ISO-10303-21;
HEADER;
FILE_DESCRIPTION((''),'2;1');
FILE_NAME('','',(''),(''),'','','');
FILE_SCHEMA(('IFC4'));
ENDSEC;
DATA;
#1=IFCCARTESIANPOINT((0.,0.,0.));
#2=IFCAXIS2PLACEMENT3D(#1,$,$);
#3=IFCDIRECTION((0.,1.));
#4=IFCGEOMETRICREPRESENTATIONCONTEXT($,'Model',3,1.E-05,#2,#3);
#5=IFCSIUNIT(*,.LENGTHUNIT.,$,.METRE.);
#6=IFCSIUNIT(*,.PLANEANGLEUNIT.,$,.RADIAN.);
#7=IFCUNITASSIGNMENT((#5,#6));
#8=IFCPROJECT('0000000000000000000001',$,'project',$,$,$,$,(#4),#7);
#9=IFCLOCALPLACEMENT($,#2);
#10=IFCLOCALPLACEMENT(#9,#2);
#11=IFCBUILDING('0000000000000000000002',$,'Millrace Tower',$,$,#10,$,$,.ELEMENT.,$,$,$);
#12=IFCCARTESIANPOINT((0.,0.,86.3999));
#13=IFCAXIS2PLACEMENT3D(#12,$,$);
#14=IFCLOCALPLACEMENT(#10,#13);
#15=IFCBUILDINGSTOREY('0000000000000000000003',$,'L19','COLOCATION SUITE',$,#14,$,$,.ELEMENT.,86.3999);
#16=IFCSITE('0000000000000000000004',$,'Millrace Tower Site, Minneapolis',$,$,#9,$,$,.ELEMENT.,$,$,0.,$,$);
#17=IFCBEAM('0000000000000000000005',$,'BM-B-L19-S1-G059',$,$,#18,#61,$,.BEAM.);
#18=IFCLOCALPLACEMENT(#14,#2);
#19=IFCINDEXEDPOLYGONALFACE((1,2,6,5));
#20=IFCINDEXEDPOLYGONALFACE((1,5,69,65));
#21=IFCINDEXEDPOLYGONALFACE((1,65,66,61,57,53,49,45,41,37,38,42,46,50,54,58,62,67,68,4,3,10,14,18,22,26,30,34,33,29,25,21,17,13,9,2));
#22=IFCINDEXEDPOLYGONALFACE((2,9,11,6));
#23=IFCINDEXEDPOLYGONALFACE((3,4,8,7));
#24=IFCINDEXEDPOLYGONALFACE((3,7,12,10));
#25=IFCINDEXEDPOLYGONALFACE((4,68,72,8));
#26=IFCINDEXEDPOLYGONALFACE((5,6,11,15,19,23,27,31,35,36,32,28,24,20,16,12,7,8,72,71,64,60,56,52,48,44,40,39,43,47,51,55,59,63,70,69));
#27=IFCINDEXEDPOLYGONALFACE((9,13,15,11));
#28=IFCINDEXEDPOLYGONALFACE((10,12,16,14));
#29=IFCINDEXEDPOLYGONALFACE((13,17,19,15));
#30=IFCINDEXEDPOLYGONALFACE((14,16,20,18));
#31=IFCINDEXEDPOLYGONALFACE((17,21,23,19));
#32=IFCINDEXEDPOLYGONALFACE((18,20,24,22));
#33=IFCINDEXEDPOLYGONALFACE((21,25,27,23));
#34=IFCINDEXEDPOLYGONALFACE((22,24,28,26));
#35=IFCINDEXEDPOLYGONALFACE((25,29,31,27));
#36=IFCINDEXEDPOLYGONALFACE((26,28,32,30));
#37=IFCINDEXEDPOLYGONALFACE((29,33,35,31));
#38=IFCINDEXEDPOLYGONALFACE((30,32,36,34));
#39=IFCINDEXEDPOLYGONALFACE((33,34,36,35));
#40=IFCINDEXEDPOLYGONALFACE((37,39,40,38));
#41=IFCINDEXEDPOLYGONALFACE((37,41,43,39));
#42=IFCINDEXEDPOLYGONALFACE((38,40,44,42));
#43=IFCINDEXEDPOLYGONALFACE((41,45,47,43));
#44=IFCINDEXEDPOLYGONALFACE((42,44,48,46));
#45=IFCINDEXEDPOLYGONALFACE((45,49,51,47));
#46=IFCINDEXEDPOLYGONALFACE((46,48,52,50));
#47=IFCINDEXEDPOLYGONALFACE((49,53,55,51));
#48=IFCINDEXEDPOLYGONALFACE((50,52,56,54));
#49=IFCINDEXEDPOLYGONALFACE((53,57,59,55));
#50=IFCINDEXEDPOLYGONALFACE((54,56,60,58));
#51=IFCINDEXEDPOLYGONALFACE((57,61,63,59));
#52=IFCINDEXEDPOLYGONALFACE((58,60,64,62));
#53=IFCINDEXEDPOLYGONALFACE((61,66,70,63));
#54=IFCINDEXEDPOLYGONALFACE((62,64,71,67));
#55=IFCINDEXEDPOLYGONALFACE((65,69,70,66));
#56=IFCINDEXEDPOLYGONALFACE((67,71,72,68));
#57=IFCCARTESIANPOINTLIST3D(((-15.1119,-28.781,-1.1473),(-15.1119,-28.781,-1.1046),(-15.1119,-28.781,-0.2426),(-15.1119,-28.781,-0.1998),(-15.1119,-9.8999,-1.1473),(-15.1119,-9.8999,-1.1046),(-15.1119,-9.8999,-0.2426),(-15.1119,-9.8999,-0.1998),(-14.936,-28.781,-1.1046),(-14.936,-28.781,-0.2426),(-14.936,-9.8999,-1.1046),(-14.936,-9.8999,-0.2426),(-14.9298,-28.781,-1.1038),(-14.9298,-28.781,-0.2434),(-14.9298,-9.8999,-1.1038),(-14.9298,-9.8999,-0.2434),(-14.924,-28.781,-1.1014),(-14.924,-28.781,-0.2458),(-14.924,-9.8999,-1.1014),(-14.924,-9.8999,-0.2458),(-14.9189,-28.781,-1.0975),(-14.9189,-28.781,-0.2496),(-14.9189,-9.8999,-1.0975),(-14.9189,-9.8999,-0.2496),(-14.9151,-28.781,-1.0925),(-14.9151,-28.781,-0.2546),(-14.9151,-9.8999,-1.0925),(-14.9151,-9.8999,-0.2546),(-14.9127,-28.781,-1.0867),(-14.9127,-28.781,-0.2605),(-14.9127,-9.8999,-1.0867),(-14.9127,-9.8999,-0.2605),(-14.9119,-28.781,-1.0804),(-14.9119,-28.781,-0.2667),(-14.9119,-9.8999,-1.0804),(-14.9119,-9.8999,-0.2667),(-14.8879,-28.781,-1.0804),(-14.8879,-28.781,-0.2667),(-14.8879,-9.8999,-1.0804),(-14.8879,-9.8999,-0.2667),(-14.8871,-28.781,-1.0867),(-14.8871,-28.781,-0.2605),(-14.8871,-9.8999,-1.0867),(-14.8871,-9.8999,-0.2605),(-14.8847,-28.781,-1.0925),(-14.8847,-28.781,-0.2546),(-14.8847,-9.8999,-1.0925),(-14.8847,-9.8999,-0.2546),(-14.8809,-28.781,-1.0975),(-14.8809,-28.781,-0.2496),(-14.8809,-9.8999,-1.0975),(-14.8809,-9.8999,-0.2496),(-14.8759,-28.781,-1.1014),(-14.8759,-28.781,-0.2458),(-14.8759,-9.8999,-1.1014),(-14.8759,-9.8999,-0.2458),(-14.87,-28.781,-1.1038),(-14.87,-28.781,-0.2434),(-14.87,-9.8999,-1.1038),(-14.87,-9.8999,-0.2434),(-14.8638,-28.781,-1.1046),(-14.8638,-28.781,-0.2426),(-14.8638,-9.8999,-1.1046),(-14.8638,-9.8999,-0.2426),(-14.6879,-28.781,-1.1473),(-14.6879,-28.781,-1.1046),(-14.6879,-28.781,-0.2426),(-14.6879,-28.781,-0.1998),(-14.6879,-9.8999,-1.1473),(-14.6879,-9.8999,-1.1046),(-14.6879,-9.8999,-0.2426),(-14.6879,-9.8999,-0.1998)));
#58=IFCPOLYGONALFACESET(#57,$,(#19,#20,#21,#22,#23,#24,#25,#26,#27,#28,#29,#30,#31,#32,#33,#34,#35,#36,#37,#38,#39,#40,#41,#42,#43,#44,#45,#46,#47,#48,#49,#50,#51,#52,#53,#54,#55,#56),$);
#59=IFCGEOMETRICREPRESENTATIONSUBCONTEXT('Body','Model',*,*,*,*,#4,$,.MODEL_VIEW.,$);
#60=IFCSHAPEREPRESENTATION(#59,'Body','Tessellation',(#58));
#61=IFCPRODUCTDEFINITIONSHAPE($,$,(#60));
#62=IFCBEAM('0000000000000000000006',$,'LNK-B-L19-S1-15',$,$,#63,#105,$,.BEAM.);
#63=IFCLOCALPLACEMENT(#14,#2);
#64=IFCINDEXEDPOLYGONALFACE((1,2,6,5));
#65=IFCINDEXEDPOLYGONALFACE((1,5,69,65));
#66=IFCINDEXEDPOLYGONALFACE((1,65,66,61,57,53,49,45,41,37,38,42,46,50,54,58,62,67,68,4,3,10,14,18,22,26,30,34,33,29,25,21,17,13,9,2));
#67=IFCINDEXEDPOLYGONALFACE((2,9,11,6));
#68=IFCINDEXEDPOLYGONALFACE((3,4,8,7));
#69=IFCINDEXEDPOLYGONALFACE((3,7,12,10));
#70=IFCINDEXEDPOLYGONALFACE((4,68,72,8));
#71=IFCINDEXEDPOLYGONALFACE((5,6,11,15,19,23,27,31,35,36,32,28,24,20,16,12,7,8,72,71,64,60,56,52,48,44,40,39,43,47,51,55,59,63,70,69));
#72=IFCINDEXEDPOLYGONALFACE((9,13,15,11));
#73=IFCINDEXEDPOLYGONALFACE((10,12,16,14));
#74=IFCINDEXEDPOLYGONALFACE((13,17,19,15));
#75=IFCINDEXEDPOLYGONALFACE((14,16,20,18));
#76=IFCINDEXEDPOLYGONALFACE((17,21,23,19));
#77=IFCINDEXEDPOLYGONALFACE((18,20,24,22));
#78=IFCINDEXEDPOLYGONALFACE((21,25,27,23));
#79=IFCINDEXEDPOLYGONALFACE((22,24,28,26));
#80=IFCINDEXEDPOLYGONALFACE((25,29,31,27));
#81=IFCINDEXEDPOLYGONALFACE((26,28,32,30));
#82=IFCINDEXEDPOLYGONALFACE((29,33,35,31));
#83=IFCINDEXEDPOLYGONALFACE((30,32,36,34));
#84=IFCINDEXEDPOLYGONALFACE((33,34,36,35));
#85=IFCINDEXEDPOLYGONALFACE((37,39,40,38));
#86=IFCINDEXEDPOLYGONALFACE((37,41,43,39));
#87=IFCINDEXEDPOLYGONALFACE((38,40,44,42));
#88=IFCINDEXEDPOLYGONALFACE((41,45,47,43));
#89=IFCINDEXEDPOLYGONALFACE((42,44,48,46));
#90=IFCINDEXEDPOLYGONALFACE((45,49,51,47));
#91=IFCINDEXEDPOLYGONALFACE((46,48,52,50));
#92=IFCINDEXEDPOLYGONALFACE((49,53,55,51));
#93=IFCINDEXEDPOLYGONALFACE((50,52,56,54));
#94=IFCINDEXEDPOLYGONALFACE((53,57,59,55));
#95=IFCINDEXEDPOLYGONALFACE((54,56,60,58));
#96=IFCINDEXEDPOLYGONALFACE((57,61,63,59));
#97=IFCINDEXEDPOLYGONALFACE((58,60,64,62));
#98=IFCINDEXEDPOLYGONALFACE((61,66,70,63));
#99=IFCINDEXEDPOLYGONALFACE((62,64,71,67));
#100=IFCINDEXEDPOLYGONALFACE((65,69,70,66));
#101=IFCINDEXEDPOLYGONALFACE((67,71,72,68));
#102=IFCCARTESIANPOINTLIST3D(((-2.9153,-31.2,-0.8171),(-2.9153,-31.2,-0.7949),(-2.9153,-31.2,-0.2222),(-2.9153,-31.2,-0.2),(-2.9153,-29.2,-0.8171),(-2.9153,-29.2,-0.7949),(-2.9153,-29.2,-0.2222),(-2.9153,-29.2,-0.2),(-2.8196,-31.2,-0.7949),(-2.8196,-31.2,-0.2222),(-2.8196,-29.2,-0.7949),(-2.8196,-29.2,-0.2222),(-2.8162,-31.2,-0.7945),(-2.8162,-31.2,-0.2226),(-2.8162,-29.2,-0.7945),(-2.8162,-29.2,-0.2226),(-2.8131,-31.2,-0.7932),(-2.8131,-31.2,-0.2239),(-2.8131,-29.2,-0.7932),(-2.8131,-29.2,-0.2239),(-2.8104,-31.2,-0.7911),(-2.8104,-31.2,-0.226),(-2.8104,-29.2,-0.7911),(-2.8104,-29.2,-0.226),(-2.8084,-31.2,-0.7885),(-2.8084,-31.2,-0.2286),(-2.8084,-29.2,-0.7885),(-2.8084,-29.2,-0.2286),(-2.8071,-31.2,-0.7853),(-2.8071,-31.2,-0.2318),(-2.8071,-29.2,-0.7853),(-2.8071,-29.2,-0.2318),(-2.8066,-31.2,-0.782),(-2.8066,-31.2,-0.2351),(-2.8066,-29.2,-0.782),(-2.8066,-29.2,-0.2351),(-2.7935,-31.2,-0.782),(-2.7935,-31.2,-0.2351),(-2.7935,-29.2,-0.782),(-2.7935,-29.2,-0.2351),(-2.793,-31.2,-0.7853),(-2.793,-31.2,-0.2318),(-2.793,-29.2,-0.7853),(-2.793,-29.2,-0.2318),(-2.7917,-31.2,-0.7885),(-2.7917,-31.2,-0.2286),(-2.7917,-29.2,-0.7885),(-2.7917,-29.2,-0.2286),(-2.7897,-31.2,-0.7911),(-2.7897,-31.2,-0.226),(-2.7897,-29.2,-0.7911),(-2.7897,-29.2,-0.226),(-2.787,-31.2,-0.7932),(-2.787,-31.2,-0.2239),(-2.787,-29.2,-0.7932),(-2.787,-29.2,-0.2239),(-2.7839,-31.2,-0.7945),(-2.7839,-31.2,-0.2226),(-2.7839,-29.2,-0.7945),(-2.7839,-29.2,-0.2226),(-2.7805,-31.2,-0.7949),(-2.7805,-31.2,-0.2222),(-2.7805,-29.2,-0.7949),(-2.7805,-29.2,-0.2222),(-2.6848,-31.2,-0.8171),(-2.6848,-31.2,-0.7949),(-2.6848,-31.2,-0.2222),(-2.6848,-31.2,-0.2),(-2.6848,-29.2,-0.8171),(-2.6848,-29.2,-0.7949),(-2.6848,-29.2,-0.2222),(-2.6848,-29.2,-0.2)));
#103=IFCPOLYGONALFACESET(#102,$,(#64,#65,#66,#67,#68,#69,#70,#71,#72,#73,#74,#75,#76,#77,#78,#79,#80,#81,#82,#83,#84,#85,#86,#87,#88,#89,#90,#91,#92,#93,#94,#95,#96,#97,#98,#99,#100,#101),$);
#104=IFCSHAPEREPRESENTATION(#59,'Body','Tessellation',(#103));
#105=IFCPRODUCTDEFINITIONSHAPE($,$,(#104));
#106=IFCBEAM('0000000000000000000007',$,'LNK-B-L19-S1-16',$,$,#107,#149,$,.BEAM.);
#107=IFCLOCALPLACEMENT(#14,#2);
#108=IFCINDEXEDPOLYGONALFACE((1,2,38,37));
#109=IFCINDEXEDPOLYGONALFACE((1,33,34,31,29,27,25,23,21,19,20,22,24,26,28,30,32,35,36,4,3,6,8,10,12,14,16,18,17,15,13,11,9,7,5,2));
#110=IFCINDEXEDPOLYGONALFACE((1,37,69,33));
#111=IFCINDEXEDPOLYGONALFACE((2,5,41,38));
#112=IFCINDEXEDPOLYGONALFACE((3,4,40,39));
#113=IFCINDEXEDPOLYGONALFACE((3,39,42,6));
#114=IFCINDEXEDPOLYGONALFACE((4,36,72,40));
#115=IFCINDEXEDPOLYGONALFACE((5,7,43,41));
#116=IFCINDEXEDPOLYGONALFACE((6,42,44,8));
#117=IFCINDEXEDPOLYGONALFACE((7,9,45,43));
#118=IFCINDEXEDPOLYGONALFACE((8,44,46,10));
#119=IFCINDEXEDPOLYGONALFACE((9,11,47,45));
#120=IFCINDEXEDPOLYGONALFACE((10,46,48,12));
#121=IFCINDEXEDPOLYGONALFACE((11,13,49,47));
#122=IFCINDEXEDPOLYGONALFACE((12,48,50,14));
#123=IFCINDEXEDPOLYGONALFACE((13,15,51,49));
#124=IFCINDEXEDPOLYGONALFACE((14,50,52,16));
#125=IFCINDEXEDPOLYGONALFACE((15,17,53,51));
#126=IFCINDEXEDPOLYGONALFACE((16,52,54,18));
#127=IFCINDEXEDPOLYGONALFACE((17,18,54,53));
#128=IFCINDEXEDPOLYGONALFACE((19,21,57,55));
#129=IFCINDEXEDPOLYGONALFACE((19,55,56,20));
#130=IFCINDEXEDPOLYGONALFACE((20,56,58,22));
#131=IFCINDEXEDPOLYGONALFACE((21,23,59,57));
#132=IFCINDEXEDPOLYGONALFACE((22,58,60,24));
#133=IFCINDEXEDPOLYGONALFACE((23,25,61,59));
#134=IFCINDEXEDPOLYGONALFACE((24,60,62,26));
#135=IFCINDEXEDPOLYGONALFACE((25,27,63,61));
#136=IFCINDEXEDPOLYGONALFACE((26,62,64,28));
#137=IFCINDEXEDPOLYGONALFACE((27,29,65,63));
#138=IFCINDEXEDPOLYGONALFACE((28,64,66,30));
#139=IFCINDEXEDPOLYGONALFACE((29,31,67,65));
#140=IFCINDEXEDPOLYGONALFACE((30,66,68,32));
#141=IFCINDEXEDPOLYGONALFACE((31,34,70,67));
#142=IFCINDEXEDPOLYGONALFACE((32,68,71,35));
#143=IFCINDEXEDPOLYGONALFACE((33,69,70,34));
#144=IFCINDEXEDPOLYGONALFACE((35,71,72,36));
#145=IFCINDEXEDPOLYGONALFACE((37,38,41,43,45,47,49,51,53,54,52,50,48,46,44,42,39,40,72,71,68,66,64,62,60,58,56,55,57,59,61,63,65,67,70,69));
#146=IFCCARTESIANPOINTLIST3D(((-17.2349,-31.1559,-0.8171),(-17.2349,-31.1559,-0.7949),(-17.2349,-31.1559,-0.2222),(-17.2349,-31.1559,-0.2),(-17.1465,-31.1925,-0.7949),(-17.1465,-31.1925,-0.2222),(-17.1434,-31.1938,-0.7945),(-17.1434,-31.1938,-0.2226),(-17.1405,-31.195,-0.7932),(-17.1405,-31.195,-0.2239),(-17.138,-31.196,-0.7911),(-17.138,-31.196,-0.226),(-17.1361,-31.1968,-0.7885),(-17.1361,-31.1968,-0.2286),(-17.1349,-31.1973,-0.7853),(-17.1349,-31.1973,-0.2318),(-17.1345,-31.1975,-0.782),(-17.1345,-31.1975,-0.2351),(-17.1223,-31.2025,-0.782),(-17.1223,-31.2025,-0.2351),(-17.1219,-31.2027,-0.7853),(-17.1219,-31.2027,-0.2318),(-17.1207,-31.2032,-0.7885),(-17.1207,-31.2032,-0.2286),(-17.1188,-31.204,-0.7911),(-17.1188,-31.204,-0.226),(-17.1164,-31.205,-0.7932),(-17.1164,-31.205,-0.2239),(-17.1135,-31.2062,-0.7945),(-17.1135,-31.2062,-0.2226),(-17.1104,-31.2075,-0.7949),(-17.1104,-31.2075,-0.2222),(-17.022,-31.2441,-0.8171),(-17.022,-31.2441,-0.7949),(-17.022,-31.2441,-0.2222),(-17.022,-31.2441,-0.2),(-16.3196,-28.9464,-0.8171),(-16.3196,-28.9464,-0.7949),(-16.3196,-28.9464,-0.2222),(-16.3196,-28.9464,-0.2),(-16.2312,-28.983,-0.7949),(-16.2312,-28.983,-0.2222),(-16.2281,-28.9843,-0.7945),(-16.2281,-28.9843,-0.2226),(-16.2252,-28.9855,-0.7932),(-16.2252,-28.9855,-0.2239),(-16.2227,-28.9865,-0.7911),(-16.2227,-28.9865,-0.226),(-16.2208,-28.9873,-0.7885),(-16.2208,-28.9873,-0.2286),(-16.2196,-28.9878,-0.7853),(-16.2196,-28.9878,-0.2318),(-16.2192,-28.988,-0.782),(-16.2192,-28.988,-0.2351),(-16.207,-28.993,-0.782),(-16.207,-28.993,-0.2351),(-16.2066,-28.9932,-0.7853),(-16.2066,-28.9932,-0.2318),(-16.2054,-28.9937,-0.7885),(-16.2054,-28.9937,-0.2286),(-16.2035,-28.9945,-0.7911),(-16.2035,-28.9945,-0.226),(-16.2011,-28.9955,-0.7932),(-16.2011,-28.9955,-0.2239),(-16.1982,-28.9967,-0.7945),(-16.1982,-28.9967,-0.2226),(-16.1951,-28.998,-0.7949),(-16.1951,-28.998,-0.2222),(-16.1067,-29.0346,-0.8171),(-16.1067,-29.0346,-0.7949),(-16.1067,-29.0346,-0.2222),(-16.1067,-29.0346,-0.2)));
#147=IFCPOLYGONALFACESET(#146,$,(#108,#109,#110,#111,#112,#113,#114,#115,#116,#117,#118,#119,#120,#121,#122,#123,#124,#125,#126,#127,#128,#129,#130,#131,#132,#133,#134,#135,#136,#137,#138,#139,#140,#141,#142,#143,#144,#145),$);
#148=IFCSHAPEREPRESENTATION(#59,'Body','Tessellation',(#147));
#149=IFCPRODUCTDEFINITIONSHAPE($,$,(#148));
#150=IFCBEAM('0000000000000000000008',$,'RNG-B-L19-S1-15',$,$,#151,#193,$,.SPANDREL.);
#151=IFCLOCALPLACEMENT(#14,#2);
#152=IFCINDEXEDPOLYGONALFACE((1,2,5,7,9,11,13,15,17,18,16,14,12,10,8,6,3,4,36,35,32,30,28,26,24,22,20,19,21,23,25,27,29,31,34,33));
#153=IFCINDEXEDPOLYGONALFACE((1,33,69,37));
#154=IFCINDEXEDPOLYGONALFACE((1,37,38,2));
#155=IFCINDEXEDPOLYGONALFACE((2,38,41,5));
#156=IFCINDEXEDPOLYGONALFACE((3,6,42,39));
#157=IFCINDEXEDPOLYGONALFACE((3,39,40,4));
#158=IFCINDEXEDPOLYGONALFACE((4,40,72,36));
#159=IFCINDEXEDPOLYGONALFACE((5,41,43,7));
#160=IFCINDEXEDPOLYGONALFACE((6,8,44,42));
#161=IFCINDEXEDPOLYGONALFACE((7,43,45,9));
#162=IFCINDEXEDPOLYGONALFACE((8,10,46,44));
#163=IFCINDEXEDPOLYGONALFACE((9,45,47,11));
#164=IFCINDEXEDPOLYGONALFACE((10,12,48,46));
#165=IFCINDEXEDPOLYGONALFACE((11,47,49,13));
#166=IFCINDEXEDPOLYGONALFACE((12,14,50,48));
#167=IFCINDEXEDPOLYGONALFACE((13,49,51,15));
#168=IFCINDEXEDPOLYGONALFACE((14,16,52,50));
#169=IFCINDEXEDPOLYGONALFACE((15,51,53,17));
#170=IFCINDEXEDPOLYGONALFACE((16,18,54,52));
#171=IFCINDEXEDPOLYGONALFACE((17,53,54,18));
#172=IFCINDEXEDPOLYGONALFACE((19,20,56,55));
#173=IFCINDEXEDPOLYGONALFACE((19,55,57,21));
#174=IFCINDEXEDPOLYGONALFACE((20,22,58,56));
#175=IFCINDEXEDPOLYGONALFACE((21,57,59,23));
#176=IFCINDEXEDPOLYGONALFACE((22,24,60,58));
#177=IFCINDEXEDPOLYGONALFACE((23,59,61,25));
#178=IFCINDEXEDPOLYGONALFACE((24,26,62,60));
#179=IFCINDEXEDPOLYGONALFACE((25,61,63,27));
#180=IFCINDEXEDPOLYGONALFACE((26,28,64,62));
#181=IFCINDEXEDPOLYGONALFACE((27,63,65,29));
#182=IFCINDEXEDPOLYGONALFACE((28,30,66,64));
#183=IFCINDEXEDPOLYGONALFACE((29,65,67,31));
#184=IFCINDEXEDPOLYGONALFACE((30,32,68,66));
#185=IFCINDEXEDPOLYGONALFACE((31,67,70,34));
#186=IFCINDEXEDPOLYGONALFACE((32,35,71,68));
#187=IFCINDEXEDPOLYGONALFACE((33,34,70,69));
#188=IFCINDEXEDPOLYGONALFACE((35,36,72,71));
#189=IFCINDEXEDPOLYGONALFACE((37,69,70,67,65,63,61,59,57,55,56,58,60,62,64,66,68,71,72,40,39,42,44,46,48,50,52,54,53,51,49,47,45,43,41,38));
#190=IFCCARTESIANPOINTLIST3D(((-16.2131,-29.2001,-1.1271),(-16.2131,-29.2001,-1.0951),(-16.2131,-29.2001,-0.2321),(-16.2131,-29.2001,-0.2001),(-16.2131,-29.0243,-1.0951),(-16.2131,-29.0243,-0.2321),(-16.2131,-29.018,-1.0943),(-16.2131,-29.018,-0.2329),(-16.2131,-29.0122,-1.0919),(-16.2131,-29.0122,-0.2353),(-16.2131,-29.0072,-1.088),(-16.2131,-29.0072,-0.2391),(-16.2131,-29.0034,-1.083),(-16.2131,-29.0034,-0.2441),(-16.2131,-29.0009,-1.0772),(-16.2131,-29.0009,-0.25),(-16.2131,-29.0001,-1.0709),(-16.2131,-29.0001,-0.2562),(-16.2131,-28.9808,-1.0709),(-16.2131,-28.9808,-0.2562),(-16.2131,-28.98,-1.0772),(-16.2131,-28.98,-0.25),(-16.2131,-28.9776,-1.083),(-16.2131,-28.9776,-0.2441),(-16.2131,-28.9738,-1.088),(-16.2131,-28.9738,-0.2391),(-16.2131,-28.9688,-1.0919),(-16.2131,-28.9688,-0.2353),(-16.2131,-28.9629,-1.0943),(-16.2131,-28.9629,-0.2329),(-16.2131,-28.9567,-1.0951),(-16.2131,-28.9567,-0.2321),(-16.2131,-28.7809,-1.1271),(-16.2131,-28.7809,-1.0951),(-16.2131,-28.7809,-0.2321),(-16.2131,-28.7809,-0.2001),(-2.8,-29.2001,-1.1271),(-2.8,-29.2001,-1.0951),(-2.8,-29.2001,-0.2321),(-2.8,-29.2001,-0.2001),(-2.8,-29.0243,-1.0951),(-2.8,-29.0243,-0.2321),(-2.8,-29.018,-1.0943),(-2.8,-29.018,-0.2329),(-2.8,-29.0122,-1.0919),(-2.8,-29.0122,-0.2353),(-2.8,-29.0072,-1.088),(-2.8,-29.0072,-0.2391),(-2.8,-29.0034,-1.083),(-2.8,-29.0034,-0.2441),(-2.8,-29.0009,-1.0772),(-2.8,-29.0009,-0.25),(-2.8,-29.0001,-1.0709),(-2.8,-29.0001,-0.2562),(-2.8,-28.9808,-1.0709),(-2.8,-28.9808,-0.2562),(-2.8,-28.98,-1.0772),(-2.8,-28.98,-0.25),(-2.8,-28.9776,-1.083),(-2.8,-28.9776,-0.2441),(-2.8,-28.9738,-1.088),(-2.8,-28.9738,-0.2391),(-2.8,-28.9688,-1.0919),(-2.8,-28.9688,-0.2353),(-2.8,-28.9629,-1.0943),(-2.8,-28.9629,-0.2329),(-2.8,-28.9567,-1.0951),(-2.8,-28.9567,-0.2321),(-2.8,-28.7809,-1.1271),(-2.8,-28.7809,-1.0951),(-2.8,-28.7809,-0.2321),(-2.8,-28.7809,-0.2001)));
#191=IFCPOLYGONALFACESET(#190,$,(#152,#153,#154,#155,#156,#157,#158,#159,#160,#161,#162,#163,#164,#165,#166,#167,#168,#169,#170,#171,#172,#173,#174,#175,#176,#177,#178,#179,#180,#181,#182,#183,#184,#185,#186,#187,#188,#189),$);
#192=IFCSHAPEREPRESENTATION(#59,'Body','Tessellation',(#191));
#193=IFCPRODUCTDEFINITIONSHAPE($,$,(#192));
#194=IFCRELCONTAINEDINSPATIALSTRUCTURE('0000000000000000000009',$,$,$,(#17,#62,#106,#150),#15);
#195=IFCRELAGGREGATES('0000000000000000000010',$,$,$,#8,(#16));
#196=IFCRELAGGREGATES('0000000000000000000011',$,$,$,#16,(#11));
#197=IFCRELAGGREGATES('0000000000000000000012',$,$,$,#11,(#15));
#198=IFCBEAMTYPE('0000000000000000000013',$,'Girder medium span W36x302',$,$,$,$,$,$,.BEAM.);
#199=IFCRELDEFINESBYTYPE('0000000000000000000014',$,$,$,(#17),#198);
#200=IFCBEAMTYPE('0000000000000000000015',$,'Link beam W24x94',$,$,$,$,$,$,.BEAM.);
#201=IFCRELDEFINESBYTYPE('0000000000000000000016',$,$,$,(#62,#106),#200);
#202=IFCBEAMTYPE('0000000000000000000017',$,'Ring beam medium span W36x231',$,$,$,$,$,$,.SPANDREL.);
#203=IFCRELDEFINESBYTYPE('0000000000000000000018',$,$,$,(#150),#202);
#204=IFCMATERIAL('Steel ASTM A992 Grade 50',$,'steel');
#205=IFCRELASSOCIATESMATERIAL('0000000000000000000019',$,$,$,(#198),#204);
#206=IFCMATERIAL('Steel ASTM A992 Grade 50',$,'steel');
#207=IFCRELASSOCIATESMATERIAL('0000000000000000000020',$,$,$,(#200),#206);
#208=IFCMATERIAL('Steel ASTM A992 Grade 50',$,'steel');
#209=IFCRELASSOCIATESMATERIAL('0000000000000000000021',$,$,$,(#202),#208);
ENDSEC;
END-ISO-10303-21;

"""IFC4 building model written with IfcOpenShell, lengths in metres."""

from ifc_helpers import new_model, si_unit, direction, frame, origin, origin_2d, place, context, subcontext, project, spatial, i_section, extrude, material, material_profile, profile_set, type_object, element, save


model = new_model("IFC4")

# Units and contexts
model_context = context("Model", 3, precision=1e-05, world=origin(), true_north=direction((0.0, 1.0)))
body_context = subcontext(model_context, "Body", "Model", "MODEL_VIEW")
ifc_project = project(units=[si_unit("LENGTHUNIT", "METRE"), si_unit("PLANEANGLEUNIT", "RADIAN")], contexts=[model_context])

# Site, building, storey
site_placement = place(None, origin())
site = spatial("IfcSite", under=ifc_project, at=site_placement, Name="Millrace Tower Site, Minneapolis", CompositionType="ELEMENT", RefElevation=0.0)
building_placement = place(site_placement, origin())
building = spatial("IfcBuilding", under=site, at=building_placement, Name="Millrace Tower", CompositionType="ELEMENT")
storey_placement = place(building_placement, frame((0.0, 0.0, 86.3999)))
storey = spatial("IfcBuildingStorey", under=building, at=storey_placement, Name="L19", Description="COLOCATION SUITE", CompositionType="ELEMENT", Elevation=86.3999)

# Beams
ifc_material_1 = material(Name="Steel ASTM A992 Grade 50", Category="steel")
ifc_material_profile_1 = material_profile(ifc_material_1, i_section(OverallWidth=0.4241, OverallDepth=0.9475, WebThickness=0.0239, FlangeThickness=0.0427, FilletRadius=0.0242, at=origin_2d()))
ifc_profile_set_1 = profile_set([ifc_material_profile_1], Name="Steel ASTM A992 Grade 50")
beam_type_1 = type_object("IfcBeamType", Name="Girder medium span W36x302", PredefinedType="BEAM", material=ifc_profile_set_1)
beam_1_placement = place(storey_placement, frame((-14.8999, -28.781, -0.6736), z_axis=(0.0, 1.0, 0.0), x_axis=(-1.0, 0.0, 0.0)))
element("IfcBeam", 1, at=beam_1_placement, inside=storey, type_object=beam_type_1, Name="BM-B-L19-S1-G059", PredefinedType="BEAM", context=body_context, shape_type="SweptSolid", body=[
    extrude(i_section(OverallWidth=0.4241, OverallDepth=0.9475, WebThickness=0.0239, FlangeThickness=0.0427, FilletRadius=0.0242, at=origin_2d()), origin(), (0.0, 0.0, 1.0), 18.8811),
])
ifc_material_2 = material(Name="Steel ASTM A992 Grade 50", Category="steel")
ifc_material_profile_2 = material_profile(ifc_material_2, i_section(OverallWidth=0.2305, OverallDepth=0.6172, WebThickness=0.0132, FlangeThickness=0.0222, FilletRadius=0.0129, at=origin_2d()))
ifc_profile_set_2 = profile_set([ifc_material_profile_2], Name="Steel ASTM A992 Grade 50")
beam_type_2 = type_object("IfcBeamType", Name="Link beam W24x94", PredefinedType="BEAM", material=ifc_profile_set_2)
beam_2_placement = place(storey_placement, frame((-2.8, -29.2, -0.5085), z_axis=(0.0, -1.0, 0.0), x_axis=(1.0, 0.0, 0.0)))
element("IfcBeam", 2, at=beam_2_placement, inside=storey, type_object=beam_type_2, Name="LNK-B-L19-S1-15", PredefinedType="BEAM", context=body_context, shape_type="SweptSolid", body=[
    extrude(i_section(OverallWidth=0.2305, OverallDepth=0.6172, WebThickness=0.0132, FlangeThickness=0.0222, FilletRadius=0.0129, at=origin_2d()), origin(), (0.0, 0.0, 1.0), 2.0),
])
beam_3_placement = place(storey_placement, frame((-16.2131, -28.9905, -0.5085), z_axis=(-0.382715, -0.923866, 0.0), x_axis=(0.923866, -0.382715, 0.0)))
element("IfcBeam", 3, at=beam_3_placement, inside=storey, type_object=beam_type_2, Name="LNK-B-L19-S1-16", PredefinedType="BEAM", context=body_context, shape_type="SweptSolid", body=[
    extrude(i_section(OverallWidth=0.2305, OverallDepth=0.6172, WebThickness=0.0132, FlangeThickness=0.0222, FilletRadius=0.0129, at=origin_2d()), origin(), (0.0, 0.0, 1.0), 2.3916),
])
ifc_material_3 = material(Name="Steel ASTM A992 Grade 50", Category="steel")
ifc_material_profile_3 = material_profile(ifc_material_3, i_section(OverallWidth=0.4192, OverallDepth=0.927, WebThickness=0.0193, FlangeThickness=0.032, FilletRadius=0.0242, at=origin_2d()))
ifc_profile_set_3 = profile_set([ifc_material_profile_3], Name="Steel ASTM A992 Grade 50")
beam_type_3 = type_object("IfcBeamType", Name="Ring beam medium span W36x231", PredefinedType="SPANDREL", material=ifc_profile_set_3)
beam_4_placement = place(storey_placement, frame((-2.8, -28.9905, -0.6636), z_axis=(-1.0, 0.0, 0.0), x_axis=(0.0, -1.0, 0.0)))
element("IfcBeam", 4, at=beam_4_placement, inside=storey, type_object=beam_type_3, Name="RNG-B-L19-S1-15", PredefinedType="SPANDREL", context=body_context, shape_type="SweptSolid", body=[
    extrude(i_section(OverallWidth=0.4192, OverallDepth=0.927, WebThickness=0.0193, FlangeThickness=0.032, FilletRadius=0.0242, at=origin_2d()), origin(), (0.0, 0.0, 1.0), 13.4131),
])

save(model, "model.ifc")
